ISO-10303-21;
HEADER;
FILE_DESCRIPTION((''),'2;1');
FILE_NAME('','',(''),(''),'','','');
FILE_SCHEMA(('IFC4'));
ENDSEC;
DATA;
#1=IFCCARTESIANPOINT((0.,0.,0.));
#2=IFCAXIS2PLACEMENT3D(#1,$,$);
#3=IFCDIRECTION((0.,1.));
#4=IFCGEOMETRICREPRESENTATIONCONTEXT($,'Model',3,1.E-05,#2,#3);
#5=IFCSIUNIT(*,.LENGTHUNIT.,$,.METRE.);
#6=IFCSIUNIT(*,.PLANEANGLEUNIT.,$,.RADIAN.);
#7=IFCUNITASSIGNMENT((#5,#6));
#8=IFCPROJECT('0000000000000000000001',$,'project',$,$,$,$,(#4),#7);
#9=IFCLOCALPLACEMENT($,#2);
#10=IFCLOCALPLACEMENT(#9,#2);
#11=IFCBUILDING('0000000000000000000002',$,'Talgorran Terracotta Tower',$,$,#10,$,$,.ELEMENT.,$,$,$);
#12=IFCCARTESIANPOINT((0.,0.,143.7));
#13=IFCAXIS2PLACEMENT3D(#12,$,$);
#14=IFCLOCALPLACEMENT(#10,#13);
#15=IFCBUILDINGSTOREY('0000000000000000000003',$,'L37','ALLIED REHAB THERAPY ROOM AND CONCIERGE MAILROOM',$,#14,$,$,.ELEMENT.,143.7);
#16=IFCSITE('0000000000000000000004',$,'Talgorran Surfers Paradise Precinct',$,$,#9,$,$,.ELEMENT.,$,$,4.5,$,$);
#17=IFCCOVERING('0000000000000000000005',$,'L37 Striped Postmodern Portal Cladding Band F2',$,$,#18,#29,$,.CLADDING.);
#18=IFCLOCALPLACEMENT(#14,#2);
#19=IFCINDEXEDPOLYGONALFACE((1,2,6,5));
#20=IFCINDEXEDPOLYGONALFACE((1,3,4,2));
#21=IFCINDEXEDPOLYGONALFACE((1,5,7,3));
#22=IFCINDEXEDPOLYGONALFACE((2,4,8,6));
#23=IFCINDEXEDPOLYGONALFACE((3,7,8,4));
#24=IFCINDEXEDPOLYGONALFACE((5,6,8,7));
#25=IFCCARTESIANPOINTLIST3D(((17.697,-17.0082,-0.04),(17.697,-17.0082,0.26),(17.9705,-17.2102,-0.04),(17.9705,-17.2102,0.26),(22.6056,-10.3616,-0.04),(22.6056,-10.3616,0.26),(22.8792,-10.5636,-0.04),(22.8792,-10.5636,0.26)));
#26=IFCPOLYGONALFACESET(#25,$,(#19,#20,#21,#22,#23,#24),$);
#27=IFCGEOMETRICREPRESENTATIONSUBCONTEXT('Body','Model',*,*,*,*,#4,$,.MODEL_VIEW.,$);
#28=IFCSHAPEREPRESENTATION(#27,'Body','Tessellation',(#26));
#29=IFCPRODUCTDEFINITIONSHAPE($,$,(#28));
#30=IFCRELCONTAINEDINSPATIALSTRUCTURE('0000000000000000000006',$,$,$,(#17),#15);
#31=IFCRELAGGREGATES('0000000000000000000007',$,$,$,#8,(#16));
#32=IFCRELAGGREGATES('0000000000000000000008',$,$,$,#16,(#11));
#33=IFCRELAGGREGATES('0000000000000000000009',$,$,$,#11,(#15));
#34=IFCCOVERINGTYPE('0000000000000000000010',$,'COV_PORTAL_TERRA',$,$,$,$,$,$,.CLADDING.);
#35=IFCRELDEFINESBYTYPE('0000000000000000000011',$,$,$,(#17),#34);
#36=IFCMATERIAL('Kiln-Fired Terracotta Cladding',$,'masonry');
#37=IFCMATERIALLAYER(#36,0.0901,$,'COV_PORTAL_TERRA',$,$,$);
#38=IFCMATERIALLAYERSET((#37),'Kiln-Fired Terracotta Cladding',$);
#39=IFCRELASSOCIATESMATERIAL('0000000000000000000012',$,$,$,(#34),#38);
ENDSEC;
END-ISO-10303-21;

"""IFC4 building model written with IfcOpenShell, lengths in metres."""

from ifc_helpers import new_model, si_unit, direction, frame, origin, origin_2d, place, context, subcontext, project, spatial, rectangle, extrude, material, layer, layer_set, type_object, element, save


model = new_model("IFC4")

# Units and contexts
model_context = context("Model", 3, precision=1e-05, world=origin(), true_north=direction((0.0, 1.0)))
body_context = subcontext(model_context, "Body", "Model", "MODEL_VIEW")
ifc_project = project(units=[si_unit("LENGTHUNIT", "METRE"), si_unit("PLANEANGLEUNIT", "RADIAN")], contexts=[model_context])

# Site, building, storey
site_placement = place(None, origin())
site = spatial("IfcSite", under=ifc_project, at=site_placement, Name="Talgorran Surfers Paradise Precinct", CompositionType="ELEMENT", RefElevation=4.5)
building_placement = place(site_placement, origin())
building = spatial("IfcBuilding", under=site, at=building_placement, Name="Talgorran Terracotta Tower", CompositionType="ELEMENT")
storey_placement = place(building_placement, frame((0.0, 0.0, 143.7)))
storey = spatial("IfcBuildingStorey", under=building, at=storey_placement, Name="L37", Description="ALLIED REHAB THERAPY ROOM AND CONCIERGE MAILROOM", CompositionType="ELEMENT", Elevation=143.7)

# Covering
ifc_material_1 = material(Name="Kiln-Fired Terracotta Cladding", Category="masonry")
ifc_layer_1 = layer(ifc_material_1, 0.0901, Name="COV_PORTAL_TERRA")
ifc_layer_set_1 = layer_set([ifc_layer_1], Name="Kiln-Fired Terracotta Cladding")
covering_type_1 = type_object("IfcCoveringType", Name="COV_PORTAL_TERRA", PredefinedType="CLADDING", material=ifc_layer_set_1)
covering_1_placement = place(storey_placement, frame((20.2881, -13.7859, -0.04), z_axis=(0.0, 0.0, 1.0), x_axis=(0.594079, 0.804407, 0.0)))
element("IfcCovering", 1, at=covering_1_placement, inside=storey, type_object=covering_type_1, Name="L37 Striped Postmodern Portal Cladding Band F2", PredefinedType="CLADDING", context=body_context, shape_type="SweptSolid", body=[
    extrude(rectangle(XDim=8.2627, YDim=0.3401, at=origin_2d()), origin(), (0.0, 0.0, 1.0), 0.3),
])

save(model, "model.ifc")
